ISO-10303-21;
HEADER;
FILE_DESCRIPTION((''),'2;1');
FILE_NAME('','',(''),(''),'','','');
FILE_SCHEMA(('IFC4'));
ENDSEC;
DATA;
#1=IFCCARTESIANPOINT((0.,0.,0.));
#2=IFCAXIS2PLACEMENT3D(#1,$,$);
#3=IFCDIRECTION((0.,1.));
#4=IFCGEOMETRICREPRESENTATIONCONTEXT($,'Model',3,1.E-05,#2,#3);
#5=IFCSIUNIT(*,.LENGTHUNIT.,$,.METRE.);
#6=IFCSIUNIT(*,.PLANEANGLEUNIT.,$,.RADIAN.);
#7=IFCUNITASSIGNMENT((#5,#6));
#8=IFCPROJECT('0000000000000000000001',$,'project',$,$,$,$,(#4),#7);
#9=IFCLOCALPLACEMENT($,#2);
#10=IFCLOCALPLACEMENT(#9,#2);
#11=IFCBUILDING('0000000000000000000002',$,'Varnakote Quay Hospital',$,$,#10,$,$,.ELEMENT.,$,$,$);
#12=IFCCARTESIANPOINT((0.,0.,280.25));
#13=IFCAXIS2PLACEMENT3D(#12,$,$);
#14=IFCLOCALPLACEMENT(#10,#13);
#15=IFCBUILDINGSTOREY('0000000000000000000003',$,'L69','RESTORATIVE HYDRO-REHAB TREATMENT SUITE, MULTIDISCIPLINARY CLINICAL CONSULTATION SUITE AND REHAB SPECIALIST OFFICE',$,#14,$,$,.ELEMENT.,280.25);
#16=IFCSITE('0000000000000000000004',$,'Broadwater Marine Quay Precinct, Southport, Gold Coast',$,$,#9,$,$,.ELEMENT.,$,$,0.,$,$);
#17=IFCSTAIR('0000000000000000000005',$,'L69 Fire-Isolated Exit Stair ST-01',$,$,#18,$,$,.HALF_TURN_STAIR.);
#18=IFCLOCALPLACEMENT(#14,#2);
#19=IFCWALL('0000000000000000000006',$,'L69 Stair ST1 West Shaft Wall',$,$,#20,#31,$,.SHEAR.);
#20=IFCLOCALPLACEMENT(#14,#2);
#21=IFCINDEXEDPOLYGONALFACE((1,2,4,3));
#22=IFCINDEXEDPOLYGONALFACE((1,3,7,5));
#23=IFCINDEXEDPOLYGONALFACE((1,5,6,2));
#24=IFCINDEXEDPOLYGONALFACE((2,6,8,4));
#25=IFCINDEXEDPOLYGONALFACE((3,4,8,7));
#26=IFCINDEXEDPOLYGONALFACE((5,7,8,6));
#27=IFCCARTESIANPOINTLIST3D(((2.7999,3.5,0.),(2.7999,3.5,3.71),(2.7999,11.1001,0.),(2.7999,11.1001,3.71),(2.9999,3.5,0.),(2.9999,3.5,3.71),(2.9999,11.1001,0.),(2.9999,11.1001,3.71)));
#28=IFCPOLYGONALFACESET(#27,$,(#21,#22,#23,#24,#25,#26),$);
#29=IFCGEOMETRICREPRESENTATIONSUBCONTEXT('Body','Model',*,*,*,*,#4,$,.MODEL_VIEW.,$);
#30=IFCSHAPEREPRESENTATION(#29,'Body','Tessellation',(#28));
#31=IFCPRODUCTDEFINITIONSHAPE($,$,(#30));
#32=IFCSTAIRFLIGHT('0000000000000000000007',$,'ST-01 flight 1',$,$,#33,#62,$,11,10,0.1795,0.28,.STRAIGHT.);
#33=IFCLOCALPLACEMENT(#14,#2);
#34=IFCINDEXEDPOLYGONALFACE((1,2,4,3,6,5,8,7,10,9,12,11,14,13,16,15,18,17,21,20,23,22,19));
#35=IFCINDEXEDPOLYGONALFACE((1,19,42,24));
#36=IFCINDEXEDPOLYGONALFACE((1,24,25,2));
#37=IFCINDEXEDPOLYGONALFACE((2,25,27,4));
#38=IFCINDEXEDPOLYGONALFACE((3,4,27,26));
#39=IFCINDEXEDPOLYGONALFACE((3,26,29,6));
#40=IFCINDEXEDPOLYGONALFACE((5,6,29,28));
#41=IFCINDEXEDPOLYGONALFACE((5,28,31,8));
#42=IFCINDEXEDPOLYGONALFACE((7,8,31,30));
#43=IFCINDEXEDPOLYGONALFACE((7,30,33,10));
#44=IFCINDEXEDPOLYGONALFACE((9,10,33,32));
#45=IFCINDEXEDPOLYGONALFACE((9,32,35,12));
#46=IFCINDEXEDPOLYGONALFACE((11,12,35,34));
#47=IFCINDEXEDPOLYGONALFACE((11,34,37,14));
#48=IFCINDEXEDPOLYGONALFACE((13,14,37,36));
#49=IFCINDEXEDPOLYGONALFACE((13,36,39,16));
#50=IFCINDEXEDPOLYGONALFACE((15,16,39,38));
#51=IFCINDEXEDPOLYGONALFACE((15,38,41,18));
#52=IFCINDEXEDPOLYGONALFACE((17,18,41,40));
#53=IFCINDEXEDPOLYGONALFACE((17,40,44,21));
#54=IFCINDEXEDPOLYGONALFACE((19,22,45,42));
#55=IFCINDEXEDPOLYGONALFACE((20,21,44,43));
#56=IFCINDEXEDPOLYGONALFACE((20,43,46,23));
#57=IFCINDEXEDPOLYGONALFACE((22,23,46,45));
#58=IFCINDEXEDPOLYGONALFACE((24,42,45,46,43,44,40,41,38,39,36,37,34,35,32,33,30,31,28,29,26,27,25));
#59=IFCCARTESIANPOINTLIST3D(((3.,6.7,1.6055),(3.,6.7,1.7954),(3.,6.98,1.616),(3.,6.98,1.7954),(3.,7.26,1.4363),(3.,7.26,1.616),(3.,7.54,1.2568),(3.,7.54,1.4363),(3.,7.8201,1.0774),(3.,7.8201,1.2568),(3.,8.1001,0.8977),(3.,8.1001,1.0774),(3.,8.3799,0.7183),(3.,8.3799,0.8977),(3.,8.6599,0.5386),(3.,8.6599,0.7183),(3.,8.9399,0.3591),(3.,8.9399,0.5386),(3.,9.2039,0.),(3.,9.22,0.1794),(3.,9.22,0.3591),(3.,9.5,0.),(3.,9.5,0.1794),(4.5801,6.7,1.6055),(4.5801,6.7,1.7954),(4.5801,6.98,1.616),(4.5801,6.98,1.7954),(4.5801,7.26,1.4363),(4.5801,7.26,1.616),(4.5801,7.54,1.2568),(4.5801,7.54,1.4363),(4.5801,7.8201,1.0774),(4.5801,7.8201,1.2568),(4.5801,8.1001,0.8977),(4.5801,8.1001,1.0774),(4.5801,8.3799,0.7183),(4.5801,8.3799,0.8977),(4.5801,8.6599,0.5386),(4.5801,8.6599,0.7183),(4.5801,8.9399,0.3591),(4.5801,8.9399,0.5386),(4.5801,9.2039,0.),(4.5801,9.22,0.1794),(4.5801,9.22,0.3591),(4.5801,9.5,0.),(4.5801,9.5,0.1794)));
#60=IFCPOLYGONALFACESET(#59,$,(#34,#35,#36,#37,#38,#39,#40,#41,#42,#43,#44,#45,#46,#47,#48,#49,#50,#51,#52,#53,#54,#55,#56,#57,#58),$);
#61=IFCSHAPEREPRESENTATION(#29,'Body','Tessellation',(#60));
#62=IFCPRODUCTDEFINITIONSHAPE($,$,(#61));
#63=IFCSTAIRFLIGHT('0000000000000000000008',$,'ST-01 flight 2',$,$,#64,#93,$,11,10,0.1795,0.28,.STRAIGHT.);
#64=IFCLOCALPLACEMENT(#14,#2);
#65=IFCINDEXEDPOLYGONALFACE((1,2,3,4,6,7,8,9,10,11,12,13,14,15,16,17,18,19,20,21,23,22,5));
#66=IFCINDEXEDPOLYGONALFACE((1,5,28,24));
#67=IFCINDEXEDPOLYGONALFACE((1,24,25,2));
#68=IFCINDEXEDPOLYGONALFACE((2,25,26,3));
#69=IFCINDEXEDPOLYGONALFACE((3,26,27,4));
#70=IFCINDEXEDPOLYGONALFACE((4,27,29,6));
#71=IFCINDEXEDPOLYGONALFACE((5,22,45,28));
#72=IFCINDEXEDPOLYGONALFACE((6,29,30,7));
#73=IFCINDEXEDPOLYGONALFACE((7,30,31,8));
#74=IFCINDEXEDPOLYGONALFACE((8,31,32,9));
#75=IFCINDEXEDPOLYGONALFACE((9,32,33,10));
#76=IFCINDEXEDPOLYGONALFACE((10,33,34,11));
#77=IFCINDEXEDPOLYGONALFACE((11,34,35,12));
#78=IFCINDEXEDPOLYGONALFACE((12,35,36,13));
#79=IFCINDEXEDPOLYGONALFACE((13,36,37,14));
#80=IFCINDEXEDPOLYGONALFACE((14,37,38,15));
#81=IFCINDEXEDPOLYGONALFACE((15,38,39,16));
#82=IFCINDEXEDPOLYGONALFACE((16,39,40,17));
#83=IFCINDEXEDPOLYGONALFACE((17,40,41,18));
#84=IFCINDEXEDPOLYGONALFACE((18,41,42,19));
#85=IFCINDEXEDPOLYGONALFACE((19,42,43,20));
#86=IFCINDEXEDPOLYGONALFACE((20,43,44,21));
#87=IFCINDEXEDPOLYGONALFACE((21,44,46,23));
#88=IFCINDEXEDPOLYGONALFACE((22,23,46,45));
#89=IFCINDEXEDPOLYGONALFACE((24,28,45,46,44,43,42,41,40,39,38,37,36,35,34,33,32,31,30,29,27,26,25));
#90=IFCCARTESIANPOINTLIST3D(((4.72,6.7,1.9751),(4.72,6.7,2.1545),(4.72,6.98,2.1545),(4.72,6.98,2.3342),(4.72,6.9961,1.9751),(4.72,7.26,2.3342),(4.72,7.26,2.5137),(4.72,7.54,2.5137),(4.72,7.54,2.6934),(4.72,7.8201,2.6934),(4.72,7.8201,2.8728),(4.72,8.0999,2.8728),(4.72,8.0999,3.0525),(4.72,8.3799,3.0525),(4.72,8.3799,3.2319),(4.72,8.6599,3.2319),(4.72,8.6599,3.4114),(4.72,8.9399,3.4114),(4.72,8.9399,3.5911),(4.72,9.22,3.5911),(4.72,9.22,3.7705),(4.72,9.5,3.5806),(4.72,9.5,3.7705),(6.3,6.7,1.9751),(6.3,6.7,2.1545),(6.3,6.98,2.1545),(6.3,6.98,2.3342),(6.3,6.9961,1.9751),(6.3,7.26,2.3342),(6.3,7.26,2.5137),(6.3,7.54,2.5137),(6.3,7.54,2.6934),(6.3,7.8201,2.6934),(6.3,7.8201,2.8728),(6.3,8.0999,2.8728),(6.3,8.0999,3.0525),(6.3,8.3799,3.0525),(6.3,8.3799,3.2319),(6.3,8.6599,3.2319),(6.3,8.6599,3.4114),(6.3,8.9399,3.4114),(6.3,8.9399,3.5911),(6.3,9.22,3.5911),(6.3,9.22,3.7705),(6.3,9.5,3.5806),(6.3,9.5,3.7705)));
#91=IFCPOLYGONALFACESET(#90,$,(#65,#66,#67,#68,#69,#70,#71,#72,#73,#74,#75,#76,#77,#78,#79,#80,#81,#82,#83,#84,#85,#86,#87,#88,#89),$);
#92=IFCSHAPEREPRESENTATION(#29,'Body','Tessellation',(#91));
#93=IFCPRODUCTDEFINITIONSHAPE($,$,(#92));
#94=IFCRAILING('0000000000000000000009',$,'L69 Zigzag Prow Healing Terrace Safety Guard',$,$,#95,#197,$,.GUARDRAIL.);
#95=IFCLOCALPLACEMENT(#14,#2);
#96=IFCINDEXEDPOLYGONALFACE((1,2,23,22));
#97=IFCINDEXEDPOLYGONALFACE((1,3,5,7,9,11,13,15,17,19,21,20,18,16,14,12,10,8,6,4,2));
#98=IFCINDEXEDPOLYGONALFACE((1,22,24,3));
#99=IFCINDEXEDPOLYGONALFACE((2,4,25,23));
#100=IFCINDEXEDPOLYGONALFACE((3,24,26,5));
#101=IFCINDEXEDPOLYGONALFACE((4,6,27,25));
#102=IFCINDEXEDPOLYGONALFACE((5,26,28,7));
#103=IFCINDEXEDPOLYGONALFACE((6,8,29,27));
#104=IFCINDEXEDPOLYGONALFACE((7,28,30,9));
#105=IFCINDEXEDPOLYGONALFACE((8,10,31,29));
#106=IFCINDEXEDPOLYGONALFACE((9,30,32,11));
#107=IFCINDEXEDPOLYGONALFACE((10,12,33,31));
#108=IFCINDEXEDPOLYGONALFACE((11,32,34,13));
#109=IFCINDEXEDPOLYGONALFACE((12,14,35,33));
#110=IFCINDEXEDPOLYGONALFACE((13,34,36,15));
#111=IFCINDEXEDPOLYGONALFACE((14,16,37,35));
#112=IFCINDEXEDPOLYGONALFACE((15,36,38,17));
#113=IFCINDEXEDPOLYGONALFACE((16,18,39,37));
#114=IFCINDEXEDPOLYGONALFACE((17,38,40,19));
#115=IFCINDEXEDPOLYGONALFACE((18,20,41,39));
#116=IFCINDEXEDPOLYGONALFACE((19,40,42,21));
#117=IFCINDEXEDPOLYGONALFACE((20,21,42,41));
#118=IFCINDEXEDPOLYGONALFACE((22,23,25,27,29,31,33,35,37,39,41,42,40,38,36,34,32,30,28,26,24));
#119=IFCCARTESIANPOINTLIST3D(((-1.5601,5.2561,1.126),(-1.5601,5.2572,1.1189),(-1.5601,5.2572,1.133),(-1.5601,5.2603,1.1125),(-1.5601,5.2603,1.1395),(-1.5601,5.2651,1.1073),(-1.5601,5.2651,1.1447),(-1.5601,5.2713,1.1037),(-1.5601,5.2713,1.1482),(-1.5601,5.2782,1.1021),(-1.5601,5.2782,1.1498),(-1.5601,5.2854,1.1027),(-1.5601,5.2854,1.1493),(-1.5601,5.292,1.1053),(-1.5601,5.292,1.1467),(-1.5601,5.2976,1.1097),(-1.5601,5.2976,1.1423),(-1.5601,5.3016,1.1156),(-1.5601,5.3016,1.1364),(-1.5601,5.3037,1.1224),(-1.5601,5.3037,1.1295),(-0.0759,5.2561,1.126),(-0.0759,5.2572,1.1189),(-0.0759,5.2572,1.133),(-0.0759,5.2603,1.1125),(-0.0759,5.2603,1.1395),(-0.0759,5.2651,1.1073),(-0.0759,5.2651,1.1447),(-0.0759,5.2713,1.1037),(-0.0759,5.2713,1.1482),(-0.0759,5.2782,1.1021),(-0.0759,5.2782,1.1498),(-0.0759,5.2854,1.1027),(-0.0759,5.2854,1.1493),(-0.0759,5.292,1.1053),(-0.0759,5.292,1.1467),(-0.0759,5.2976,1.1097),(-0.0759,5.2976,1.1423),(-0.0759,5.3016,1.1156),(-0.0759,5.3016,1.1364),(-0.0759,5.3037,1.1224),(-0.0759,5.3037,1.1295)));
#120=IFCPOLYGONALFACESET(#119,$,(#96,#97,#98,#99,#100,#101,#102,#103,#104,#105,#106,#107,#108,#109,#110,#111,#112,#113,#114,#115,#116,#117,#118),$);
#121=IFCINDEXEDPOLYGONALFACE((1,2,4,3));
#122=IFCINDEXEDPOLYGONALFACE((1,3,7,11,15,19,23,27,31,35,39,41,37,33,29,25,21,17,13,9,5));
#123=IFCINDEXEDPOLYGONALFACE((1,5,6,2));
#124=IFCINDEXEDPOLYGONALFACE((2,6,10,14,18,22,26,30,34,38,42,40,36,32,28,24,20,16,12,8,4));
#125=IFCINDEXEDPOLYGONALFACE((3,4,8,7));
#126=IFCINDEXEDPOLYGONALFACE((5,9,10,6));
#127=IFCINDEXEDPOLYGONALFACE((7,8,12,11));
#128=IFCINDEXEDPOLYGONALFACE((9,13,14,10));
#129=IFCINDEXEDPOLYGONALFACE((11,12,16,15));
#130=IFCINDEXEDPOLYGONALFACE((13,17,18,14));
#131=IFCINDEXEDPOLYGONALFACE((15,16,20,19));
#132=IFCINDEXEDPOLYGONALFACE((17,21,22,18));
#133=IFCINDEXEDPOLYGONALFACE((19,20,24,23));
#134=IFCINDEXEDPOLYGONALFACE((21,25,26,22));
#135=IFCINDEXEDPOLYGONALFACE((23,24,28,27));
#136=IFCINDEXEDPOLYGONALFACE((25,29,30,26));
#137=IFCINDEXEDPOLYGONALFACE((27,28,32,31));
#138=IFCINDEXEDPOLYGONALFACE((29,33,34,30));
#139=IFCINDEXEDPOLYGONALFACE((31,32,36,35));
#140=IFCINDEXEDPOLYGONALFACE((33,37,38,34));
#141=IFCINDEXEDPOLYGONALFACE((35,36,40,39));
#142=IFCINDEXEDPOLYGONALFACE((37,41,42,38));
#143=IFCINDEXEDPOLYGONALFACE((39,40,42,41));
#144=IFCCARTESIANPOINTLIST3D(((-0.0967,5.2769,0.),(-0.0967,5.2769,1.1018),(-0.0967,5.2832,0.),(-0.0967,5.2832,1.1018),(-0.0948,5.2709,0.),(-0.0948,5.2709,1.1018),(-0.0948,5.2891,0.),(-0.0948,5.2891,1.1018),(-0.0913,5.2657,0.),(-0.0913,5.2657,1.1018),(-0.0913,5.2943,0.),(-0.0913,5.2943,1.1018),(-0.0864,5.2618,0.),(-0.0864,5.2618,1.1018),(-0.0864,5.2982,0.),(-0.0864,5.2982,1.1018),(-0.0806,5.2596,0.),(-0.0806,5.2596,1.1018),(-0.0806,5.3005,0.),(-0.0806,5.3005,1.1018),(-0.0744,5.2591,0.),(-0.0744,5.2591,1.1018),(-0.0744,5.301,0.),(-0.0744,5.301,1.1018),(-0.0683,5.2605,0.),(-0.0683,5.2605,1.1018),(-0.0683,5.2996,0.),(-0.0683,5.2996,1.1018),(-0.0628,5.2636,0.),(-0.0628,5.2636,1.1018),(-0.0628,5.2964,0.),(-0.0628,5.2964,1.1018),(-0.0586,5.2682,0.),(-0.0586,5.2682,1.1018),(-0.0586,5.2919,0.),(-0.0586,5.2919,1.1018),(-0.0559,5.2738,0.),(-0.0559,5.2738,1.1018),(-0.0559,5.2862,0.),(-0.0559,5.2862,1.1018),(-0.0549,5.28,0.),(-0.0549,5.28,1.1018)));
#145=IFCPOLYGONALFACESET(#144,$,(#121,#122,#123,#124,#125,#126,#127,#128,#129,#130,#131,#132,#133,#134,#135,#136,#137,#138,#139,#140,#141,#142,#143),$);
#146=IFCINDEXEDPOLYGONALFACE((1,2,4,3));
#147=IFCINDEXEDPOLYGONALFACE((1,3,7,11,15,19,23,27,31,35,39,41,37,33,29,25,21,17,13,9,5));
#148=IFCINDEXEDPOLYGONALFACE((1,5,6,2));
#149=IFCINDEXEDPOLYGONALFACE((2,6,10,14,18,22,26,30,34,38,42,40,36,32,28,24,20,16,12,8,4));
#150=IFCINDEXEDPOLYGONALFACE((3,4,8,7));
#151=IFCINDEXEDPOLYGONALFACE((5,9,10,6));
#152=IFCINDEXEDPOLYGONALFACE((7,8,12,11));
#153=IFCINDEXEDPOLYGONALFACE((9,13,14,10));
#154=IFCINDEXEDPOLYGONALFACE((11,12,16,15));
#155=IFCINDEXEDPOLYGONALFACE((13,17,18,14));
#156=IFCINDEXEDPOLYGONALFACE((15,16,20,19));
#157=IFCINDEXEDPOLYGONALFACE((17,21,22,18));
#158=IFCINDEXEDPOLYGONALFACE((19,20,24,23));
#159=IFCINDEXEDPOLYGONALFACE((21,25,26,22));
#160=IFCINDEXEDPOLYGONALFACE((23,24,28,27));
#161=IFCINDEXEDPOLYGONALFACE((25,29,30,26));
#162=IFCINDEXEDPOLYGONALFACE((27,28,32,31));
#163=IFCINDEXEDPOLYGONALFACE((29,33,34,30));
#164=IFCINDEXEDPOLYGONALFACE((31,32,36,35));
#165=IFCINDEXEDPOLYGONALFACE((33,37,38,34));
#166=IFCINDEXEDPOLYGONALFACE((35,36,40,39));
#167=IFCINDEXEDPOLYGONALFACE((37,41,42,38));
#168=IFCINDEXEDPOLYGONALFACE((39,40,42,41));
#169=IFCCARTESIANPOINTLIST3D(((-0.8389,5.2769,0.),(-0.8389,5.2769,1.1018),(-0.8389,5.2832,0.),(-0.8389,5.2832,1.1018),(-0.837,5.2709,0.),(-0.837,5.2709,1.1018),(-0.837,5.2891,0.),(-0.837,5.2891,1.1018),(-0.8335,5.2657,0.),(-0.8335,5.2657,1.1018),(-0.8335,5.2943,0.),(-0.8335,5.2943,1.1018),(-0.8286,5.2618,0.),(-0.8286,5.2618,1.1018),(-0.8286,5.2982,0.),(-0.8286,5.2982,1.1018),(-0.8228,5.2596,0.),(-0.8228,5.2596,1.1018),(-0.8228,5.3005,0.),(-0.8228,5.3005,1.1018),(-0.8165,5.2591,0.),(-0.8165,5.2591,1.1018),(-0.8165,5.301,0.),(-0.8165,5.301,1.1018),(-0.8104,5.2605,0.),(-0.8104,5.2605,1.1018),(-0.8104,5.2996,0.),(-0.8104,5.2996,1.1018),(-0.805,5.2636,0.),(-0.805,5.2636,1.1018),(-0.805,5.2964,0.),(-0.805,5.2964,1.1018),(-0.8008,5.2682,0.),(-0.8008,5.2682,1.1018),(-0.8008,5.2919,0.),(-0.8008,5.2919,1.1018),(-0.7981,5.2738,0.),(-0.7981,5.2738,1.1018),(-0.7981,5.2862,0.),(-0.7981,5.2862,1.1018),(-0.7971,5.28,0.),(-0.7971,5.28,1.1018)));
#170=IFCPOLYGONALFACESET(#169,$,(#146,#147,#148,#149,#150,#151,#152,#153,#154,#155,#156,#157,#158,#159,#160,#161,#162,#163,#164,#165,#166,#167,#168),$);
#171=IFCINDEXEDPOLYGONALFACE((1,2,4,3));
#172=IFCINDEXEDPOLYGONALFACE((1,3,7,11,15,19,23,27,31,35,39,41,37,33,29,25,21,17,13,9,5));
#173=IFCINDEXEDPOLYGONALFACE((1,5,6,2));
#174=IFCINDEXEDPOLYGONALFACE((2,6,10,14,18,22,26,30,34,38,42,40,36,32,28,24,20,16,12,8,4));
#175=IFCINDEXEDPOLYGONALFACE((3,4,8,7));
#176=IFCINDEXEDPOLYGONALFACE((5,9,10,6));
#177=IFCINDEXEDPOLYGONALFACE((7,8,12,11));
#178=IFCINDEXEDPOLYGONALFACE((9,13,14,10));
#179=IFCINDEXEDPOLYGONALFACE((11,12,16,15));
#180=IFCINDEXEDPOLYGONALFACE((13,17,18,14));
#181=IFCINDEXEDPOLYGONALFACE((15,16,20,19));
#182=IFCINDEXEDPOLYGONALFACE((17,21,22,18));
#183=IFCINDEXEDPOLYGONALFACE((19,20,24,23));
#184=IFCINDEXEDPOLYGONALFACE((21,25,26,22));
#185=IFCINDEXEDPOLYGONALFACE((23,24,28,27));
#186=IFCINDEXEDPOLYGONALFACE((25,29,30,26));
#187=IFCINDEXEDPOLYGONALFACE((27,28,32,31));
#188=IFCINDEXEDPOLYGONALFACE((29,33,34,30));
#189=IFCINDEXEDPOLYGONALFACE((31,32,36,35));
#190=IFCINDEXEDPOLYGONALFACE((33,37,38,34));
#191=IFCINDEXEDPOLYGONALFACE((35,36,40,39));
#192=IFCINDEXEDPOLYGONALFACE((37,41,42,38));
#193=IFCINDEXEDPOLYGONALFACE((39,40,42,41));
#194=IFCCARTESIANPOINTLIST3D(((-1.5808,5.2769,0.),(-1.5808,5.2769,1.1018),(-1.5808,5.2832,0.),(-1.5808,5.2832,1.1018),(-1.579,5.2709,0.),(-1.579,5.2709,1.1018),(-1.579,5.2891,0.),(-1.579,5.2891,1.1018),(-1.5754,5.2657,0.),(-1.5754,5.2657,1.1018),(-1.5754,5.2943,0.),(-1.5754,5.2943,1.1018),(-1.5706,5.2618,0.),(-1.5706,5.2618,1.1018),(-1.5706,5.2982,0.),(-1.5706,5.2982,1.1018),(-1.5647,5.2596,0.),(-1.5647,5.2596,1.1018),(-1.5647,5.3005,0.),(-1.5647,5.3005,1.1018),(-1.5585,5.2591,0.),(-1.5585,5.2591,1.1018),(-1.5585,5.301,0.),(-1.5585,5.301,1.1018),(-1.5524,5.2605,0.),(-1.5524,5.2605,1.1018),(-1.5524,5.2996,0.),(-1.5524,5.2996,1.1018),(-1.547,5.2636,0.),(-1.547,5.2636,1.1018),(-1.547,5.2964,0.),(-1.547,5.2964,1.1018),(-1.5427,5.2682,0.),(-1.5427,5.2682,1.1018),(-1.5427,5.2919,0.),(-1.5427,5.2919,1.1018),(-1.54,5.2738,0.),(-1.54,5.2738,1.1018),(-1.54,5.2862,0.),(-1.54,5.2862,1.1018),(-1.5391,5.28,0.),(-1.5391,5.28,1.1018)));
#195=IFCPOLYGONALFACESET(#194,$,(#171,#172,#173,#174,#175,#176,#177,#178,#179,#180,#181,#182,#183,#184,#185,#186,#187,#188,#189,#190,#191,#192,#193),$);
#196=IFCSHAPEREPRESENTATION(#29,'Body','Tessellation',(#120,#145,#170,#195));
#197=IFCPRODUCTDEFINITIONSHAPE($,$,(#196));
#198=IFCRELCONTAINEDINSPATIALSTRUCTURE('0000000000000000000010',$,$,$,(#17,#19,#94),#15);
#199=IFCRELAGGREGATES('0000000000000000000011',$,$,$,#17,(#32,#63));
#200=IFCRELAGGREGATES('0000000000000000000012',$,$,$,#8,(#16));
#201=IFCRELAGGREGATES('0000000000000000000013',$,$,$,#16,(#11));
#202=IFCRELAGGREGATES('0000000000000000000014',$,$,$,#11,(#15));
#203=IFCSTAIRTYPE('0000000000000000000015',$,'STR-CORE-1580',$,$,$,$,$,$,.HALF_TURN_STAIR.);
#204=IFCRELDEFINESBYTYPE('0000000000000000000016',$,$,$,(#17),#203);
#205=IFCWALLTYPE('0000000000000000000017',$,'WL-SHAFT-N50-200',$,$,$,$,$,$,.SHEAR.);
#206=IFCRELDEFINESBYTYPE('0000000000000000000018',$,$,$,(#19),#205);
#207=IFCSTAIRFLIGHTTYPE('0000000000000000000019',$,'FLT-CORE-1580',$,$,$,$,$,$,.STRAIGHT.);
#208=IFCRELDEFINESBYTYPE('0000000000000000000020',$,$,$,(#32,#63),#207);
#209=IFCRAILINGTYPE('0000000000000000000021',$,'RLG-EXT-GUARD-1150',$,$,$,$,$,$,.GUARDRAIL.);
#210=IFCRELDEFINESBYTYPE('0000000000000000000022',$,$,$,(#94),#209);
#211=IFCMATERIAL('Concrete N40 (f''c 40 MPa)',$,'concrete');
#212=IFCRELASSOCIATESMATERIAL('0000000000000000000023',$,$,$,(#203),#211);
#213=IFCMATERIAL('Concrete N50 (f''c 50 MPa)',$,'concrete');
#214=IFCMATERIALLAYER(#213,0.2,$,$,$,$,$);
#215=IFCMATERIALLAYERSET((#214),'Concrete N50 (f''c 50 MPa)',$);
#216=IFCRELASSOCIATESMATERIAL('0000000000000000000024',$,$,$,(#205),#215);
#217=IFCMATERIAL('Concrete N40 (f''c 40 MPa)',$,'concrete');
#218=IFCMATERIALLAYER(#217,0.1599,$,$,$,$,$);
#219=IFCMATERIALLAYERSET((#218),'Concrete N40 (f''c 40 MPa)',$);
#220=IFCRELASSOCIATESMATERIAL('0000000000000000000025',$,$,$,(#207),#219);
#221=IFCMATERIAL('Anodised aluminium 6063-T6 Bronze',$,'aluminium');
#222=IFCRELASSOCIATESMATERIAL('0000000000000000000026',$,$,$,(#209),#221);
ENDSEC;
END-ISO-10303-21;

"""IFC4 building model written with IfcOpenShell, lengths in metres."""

from ifc_helpers import new_model, si_unit, direction, frame, frame_2d, origin, origin_2d, place, context, subcontext, project, spatial, polyline, rectangle, circle, outline, extrude, material, layer, layer_set, type_object, element, aggregate, save


model = new_model("IFC4")

# Units and contexts
model_context = context("Model", 3, precision=1e-05, world=origin(), true_north=direction((0.0, 1.0)))
body_context = subcontext(model_context, "Body", "Model", "MODEL_VIEW")
ifc_project = project(units=[si_unit("LENGTHUNIT", "METRE"), si_unit("PLANEANGLEUNIT", "RADIAN")], contexts=[model_context])

# Site, building, storey
site_placement = place(None, origin())
site = spatial("IfcSite", under=ifc_project, at=site_placement, Name="Broadwater Marine Quay Precinct, Southport, Gold Coast", CompositionType="ELEMENT", RefElevation=0.0)
building_placement = place(site_placement, origin())
building = spatial("IfcBuilding", under=site, at=building_placement, Name="Varnakote Quay Hospital", CompositionType="ELEMENT")
storey_placement = place(building_placement, frame((0.0, 0.0, 280.25)))
storey = spatial("IfcBuildingStorey", under=building, at=storey_placement, Name="L69", Description="RESTORATIVE HYDRO-REHAB TREATMENT SUITE, MULTIDISCIPLINARY CLINICAL CONSULTATION SUITE AND REHAB SPECIALIST OFFICE", CompositionType="ELEMENT", Elevation=280.25)

# Stair
ifc_material_1 = material(Name="Concrete N40 (f'c 40 MPa)", Category="concrete")
stair_type = type_object("IfcStairType", Name="STR-CORE-1580", PredefinedType="HALF_TURN_STAIR", material=ifc_material_1)
stair_1_placement = place(storey_placement, origin())
stair_1 = element("IfcStair", 1, at=stair_1_placement, inside=storey, type_object=stair_type, Name="L69 Fire-Isolated Exit Stair ST-01", PredefinedType="HALF_TURN_STAIR")

# Wall
ifc_material_2 = material(Name="Concrete N50 (f'c 50 MPa)", Category="concrete")
ifc_layer_1 = layer(ifc_material_2, 0.2)
ifc_layer_set_1 = layer_set([ifc_layer_1], Name="Concrete N50 (f'c 50 MPa)")
wall_type_1 = type_object("IfcWallType", Name="WL-SHAFT-N50-200", PredefinedType="SHEAR", material=ifc_layer_set_1)
wall_1_placement = place(storey_placement, frame((2.8999, 3.5, 0.0), z_axis=(0.0, 0.0, 1.0), x_axis=(0.0, 1.0, 0.0)))
element("IfcWall", 2, at=wall_1_placement, inside=storey, type_object=wall_type_1, Name="L69 Stair ST1 West Shaft Wall", PredefinedType="SHEAR", context=body_context, shape_type="SweptSolid", body=[
    extrude(rectangle(XDim=7.6001, YDim=0.2, at=frame_2d((3.8, 0.0))), origin(), (0.0, 0.0, 1.0), 3.71),
])

# Stair flights
ifc_material_3 = material(Name="Concrete N40 (f'c 40 MPa)", Category="concrete")
ifc_layer_2 = layer(ifc_material_3, 0.1599)
ifc_layer_set_2 = layer_set([ifc_layer_2], Name="Concrete N40 (f'c 40 MPa)")
stair_flight_type = type_object("IfcStairFlightType", Name="FLT-CORE-1580", PredefinedType="STRAIGHT", material=ifc_layer_set_2)
stair_flight_1_placement = place(storey_placement, frame((3.79, 9.5, 0.0), z_axis=(0.0, 0.0, 1.0), x_axis=(0.0, -1.0, 0.0)))
stair_flight_1 = element("IfcStairFlight", 3, at=stair_flight_1_placement, type_object=stair_flight_type, Name="ST-01 flight 1", NumberOfRisers=11, NumberOfTreads=10, PredefinedType="STRAIGHT", RiserHeight=0.1795, TreadLength=0.28, context=body_context, shape_type="SweptSolid", body=[
    extrude(outline(polyline([(0.0, 0.0), (0.0, 0.1794), (0.28, 0.1794), (0.28, 0.3591), (0.5601, 0.3591), (0.5601, 0.5386), (0.8401, 0.5386), (0.8401, 0.7183), (1.1201, 0.7183), (1.1201, 0.8977), (1.3999, 0.8977), (1.3999, 1.0774), (1.6799, 1.0774), (1.6799, 1.2568), (1.96, 1.2568), (1.96, 1.4363), (2.24, 1.4363), (2.24, 1.616), (2.52, 1.616), (2.52, 1.7954), (2.8, 1.7954), (2.8, 1.9751), (2.8, 1.6055), (0.2961, 0.0), (0.0, 0.0)])), frame((0.0, 0.79, 0.0), z_axis=(0.0, -1.0, 0.0), x_axis=(1.0, 0.0, 0.0)), (0.0, 0.0, 1.0), 1.5801),
])
stair_flight_2_placement = place(storey_placement, frame((5.51, 6.7, 1.9751), z_axis=(0.0, 0.0, 1.0), x_axis=(0.0, 1.0, 0.0)))
stair_flight_2 = element("IfcStairFlight", 4, at=stair_flight_2_placement, type_object=stair_flight_type, Name="ST-01 flight 2", NumberOfRisers=11, NumberOfTreads=10, PredefinedType="STRAIGHT", RiserHeight=0.1795, TreadLength=0.28, context=body_context, shape_type="SweptSolid", body=[
    extrude(outline(polyline([(0.0, 0.0), (0.0, 0.1794), (0.28, 0.1794), (0.28, 0.3591), (0.5601, 0.3591), (0.5601, 0.5386), (0.8401, 0.5386), (0.8401, 0.7183), (1.1201, 0.7183), (1.1201, 0.8977), (1.3999, 0.8977), (1.3999, 1.0774), (1.6799, 1.0774), (1.6799, 1.2568), (1.96, 1.2568), (1.96, 1.4363), (2.24, 1.4363), (2.24, 1.616), (2.52, 1.616), (2.52, 1.7954), (2.8, 1.7954), (2.8, 1.9751), (2.8, 1.6055), (0.2961, 0.0), (0.0, 0.0)])), frame((0.0, 0.79, 0.0), z_axis=(0.0, -1.0, 0.0), x_axis=(1.0, 0.0, 0.0)), (0.0, 0.0, 1.0), 1.5801),
])
aggregate(stair_1, [stair_flight_1, stair_flight_2])

# Railing
ifc_material_4 = material(Name="Anodised aluminium 6063-T6 Bronze", Category="aluminium")
railing_type_1 = type_object("IfcRailingType", Name="RLG-EXT-GUARD-1150", PredefinedType="GUARDRAIL", material=ifc_material_4)
railing_1_placement = place(storey_placement, frame((-0.0759, 5.28, 0.0)))
element("IfcRailing", 5, at=railing_1_placement, inside=storey, type_object=railing_type_1, Name="L69 Zigzag Prow Healing Terrace Safety Guard", PredefinedType="GUARDRAIL", context=body_context, shape_type="SweptSolid", body=[
    extrude(circle(Radius=0.0239, at=origin_2d()), frame((0.0, 0.0, 1.126), z_axis=(-1.0, 0.0, 0.0), x_axis=(0.0, -1.0, 0.0)), (0.0, 0.0, 1.0), 1.4841),
    extrude(circle(Radius=0.021, at=origin_2d()), origin(), (0.0, 0.0, 1.0), 1.1018),
    extrude(circle(Radius=0.021, at=origin_2d()), frame((-0.7422, 0.0, 0.0)), (0.0, 0.0, 1.0), 1.1018),
    extrude(circle(Radius=0.021, at=origin_2d()), frame((-1.4841, 0.0, 0.0)), (0.0, 0.0, 1.0), 1.1018),
])

save(model, "model.ifc")
